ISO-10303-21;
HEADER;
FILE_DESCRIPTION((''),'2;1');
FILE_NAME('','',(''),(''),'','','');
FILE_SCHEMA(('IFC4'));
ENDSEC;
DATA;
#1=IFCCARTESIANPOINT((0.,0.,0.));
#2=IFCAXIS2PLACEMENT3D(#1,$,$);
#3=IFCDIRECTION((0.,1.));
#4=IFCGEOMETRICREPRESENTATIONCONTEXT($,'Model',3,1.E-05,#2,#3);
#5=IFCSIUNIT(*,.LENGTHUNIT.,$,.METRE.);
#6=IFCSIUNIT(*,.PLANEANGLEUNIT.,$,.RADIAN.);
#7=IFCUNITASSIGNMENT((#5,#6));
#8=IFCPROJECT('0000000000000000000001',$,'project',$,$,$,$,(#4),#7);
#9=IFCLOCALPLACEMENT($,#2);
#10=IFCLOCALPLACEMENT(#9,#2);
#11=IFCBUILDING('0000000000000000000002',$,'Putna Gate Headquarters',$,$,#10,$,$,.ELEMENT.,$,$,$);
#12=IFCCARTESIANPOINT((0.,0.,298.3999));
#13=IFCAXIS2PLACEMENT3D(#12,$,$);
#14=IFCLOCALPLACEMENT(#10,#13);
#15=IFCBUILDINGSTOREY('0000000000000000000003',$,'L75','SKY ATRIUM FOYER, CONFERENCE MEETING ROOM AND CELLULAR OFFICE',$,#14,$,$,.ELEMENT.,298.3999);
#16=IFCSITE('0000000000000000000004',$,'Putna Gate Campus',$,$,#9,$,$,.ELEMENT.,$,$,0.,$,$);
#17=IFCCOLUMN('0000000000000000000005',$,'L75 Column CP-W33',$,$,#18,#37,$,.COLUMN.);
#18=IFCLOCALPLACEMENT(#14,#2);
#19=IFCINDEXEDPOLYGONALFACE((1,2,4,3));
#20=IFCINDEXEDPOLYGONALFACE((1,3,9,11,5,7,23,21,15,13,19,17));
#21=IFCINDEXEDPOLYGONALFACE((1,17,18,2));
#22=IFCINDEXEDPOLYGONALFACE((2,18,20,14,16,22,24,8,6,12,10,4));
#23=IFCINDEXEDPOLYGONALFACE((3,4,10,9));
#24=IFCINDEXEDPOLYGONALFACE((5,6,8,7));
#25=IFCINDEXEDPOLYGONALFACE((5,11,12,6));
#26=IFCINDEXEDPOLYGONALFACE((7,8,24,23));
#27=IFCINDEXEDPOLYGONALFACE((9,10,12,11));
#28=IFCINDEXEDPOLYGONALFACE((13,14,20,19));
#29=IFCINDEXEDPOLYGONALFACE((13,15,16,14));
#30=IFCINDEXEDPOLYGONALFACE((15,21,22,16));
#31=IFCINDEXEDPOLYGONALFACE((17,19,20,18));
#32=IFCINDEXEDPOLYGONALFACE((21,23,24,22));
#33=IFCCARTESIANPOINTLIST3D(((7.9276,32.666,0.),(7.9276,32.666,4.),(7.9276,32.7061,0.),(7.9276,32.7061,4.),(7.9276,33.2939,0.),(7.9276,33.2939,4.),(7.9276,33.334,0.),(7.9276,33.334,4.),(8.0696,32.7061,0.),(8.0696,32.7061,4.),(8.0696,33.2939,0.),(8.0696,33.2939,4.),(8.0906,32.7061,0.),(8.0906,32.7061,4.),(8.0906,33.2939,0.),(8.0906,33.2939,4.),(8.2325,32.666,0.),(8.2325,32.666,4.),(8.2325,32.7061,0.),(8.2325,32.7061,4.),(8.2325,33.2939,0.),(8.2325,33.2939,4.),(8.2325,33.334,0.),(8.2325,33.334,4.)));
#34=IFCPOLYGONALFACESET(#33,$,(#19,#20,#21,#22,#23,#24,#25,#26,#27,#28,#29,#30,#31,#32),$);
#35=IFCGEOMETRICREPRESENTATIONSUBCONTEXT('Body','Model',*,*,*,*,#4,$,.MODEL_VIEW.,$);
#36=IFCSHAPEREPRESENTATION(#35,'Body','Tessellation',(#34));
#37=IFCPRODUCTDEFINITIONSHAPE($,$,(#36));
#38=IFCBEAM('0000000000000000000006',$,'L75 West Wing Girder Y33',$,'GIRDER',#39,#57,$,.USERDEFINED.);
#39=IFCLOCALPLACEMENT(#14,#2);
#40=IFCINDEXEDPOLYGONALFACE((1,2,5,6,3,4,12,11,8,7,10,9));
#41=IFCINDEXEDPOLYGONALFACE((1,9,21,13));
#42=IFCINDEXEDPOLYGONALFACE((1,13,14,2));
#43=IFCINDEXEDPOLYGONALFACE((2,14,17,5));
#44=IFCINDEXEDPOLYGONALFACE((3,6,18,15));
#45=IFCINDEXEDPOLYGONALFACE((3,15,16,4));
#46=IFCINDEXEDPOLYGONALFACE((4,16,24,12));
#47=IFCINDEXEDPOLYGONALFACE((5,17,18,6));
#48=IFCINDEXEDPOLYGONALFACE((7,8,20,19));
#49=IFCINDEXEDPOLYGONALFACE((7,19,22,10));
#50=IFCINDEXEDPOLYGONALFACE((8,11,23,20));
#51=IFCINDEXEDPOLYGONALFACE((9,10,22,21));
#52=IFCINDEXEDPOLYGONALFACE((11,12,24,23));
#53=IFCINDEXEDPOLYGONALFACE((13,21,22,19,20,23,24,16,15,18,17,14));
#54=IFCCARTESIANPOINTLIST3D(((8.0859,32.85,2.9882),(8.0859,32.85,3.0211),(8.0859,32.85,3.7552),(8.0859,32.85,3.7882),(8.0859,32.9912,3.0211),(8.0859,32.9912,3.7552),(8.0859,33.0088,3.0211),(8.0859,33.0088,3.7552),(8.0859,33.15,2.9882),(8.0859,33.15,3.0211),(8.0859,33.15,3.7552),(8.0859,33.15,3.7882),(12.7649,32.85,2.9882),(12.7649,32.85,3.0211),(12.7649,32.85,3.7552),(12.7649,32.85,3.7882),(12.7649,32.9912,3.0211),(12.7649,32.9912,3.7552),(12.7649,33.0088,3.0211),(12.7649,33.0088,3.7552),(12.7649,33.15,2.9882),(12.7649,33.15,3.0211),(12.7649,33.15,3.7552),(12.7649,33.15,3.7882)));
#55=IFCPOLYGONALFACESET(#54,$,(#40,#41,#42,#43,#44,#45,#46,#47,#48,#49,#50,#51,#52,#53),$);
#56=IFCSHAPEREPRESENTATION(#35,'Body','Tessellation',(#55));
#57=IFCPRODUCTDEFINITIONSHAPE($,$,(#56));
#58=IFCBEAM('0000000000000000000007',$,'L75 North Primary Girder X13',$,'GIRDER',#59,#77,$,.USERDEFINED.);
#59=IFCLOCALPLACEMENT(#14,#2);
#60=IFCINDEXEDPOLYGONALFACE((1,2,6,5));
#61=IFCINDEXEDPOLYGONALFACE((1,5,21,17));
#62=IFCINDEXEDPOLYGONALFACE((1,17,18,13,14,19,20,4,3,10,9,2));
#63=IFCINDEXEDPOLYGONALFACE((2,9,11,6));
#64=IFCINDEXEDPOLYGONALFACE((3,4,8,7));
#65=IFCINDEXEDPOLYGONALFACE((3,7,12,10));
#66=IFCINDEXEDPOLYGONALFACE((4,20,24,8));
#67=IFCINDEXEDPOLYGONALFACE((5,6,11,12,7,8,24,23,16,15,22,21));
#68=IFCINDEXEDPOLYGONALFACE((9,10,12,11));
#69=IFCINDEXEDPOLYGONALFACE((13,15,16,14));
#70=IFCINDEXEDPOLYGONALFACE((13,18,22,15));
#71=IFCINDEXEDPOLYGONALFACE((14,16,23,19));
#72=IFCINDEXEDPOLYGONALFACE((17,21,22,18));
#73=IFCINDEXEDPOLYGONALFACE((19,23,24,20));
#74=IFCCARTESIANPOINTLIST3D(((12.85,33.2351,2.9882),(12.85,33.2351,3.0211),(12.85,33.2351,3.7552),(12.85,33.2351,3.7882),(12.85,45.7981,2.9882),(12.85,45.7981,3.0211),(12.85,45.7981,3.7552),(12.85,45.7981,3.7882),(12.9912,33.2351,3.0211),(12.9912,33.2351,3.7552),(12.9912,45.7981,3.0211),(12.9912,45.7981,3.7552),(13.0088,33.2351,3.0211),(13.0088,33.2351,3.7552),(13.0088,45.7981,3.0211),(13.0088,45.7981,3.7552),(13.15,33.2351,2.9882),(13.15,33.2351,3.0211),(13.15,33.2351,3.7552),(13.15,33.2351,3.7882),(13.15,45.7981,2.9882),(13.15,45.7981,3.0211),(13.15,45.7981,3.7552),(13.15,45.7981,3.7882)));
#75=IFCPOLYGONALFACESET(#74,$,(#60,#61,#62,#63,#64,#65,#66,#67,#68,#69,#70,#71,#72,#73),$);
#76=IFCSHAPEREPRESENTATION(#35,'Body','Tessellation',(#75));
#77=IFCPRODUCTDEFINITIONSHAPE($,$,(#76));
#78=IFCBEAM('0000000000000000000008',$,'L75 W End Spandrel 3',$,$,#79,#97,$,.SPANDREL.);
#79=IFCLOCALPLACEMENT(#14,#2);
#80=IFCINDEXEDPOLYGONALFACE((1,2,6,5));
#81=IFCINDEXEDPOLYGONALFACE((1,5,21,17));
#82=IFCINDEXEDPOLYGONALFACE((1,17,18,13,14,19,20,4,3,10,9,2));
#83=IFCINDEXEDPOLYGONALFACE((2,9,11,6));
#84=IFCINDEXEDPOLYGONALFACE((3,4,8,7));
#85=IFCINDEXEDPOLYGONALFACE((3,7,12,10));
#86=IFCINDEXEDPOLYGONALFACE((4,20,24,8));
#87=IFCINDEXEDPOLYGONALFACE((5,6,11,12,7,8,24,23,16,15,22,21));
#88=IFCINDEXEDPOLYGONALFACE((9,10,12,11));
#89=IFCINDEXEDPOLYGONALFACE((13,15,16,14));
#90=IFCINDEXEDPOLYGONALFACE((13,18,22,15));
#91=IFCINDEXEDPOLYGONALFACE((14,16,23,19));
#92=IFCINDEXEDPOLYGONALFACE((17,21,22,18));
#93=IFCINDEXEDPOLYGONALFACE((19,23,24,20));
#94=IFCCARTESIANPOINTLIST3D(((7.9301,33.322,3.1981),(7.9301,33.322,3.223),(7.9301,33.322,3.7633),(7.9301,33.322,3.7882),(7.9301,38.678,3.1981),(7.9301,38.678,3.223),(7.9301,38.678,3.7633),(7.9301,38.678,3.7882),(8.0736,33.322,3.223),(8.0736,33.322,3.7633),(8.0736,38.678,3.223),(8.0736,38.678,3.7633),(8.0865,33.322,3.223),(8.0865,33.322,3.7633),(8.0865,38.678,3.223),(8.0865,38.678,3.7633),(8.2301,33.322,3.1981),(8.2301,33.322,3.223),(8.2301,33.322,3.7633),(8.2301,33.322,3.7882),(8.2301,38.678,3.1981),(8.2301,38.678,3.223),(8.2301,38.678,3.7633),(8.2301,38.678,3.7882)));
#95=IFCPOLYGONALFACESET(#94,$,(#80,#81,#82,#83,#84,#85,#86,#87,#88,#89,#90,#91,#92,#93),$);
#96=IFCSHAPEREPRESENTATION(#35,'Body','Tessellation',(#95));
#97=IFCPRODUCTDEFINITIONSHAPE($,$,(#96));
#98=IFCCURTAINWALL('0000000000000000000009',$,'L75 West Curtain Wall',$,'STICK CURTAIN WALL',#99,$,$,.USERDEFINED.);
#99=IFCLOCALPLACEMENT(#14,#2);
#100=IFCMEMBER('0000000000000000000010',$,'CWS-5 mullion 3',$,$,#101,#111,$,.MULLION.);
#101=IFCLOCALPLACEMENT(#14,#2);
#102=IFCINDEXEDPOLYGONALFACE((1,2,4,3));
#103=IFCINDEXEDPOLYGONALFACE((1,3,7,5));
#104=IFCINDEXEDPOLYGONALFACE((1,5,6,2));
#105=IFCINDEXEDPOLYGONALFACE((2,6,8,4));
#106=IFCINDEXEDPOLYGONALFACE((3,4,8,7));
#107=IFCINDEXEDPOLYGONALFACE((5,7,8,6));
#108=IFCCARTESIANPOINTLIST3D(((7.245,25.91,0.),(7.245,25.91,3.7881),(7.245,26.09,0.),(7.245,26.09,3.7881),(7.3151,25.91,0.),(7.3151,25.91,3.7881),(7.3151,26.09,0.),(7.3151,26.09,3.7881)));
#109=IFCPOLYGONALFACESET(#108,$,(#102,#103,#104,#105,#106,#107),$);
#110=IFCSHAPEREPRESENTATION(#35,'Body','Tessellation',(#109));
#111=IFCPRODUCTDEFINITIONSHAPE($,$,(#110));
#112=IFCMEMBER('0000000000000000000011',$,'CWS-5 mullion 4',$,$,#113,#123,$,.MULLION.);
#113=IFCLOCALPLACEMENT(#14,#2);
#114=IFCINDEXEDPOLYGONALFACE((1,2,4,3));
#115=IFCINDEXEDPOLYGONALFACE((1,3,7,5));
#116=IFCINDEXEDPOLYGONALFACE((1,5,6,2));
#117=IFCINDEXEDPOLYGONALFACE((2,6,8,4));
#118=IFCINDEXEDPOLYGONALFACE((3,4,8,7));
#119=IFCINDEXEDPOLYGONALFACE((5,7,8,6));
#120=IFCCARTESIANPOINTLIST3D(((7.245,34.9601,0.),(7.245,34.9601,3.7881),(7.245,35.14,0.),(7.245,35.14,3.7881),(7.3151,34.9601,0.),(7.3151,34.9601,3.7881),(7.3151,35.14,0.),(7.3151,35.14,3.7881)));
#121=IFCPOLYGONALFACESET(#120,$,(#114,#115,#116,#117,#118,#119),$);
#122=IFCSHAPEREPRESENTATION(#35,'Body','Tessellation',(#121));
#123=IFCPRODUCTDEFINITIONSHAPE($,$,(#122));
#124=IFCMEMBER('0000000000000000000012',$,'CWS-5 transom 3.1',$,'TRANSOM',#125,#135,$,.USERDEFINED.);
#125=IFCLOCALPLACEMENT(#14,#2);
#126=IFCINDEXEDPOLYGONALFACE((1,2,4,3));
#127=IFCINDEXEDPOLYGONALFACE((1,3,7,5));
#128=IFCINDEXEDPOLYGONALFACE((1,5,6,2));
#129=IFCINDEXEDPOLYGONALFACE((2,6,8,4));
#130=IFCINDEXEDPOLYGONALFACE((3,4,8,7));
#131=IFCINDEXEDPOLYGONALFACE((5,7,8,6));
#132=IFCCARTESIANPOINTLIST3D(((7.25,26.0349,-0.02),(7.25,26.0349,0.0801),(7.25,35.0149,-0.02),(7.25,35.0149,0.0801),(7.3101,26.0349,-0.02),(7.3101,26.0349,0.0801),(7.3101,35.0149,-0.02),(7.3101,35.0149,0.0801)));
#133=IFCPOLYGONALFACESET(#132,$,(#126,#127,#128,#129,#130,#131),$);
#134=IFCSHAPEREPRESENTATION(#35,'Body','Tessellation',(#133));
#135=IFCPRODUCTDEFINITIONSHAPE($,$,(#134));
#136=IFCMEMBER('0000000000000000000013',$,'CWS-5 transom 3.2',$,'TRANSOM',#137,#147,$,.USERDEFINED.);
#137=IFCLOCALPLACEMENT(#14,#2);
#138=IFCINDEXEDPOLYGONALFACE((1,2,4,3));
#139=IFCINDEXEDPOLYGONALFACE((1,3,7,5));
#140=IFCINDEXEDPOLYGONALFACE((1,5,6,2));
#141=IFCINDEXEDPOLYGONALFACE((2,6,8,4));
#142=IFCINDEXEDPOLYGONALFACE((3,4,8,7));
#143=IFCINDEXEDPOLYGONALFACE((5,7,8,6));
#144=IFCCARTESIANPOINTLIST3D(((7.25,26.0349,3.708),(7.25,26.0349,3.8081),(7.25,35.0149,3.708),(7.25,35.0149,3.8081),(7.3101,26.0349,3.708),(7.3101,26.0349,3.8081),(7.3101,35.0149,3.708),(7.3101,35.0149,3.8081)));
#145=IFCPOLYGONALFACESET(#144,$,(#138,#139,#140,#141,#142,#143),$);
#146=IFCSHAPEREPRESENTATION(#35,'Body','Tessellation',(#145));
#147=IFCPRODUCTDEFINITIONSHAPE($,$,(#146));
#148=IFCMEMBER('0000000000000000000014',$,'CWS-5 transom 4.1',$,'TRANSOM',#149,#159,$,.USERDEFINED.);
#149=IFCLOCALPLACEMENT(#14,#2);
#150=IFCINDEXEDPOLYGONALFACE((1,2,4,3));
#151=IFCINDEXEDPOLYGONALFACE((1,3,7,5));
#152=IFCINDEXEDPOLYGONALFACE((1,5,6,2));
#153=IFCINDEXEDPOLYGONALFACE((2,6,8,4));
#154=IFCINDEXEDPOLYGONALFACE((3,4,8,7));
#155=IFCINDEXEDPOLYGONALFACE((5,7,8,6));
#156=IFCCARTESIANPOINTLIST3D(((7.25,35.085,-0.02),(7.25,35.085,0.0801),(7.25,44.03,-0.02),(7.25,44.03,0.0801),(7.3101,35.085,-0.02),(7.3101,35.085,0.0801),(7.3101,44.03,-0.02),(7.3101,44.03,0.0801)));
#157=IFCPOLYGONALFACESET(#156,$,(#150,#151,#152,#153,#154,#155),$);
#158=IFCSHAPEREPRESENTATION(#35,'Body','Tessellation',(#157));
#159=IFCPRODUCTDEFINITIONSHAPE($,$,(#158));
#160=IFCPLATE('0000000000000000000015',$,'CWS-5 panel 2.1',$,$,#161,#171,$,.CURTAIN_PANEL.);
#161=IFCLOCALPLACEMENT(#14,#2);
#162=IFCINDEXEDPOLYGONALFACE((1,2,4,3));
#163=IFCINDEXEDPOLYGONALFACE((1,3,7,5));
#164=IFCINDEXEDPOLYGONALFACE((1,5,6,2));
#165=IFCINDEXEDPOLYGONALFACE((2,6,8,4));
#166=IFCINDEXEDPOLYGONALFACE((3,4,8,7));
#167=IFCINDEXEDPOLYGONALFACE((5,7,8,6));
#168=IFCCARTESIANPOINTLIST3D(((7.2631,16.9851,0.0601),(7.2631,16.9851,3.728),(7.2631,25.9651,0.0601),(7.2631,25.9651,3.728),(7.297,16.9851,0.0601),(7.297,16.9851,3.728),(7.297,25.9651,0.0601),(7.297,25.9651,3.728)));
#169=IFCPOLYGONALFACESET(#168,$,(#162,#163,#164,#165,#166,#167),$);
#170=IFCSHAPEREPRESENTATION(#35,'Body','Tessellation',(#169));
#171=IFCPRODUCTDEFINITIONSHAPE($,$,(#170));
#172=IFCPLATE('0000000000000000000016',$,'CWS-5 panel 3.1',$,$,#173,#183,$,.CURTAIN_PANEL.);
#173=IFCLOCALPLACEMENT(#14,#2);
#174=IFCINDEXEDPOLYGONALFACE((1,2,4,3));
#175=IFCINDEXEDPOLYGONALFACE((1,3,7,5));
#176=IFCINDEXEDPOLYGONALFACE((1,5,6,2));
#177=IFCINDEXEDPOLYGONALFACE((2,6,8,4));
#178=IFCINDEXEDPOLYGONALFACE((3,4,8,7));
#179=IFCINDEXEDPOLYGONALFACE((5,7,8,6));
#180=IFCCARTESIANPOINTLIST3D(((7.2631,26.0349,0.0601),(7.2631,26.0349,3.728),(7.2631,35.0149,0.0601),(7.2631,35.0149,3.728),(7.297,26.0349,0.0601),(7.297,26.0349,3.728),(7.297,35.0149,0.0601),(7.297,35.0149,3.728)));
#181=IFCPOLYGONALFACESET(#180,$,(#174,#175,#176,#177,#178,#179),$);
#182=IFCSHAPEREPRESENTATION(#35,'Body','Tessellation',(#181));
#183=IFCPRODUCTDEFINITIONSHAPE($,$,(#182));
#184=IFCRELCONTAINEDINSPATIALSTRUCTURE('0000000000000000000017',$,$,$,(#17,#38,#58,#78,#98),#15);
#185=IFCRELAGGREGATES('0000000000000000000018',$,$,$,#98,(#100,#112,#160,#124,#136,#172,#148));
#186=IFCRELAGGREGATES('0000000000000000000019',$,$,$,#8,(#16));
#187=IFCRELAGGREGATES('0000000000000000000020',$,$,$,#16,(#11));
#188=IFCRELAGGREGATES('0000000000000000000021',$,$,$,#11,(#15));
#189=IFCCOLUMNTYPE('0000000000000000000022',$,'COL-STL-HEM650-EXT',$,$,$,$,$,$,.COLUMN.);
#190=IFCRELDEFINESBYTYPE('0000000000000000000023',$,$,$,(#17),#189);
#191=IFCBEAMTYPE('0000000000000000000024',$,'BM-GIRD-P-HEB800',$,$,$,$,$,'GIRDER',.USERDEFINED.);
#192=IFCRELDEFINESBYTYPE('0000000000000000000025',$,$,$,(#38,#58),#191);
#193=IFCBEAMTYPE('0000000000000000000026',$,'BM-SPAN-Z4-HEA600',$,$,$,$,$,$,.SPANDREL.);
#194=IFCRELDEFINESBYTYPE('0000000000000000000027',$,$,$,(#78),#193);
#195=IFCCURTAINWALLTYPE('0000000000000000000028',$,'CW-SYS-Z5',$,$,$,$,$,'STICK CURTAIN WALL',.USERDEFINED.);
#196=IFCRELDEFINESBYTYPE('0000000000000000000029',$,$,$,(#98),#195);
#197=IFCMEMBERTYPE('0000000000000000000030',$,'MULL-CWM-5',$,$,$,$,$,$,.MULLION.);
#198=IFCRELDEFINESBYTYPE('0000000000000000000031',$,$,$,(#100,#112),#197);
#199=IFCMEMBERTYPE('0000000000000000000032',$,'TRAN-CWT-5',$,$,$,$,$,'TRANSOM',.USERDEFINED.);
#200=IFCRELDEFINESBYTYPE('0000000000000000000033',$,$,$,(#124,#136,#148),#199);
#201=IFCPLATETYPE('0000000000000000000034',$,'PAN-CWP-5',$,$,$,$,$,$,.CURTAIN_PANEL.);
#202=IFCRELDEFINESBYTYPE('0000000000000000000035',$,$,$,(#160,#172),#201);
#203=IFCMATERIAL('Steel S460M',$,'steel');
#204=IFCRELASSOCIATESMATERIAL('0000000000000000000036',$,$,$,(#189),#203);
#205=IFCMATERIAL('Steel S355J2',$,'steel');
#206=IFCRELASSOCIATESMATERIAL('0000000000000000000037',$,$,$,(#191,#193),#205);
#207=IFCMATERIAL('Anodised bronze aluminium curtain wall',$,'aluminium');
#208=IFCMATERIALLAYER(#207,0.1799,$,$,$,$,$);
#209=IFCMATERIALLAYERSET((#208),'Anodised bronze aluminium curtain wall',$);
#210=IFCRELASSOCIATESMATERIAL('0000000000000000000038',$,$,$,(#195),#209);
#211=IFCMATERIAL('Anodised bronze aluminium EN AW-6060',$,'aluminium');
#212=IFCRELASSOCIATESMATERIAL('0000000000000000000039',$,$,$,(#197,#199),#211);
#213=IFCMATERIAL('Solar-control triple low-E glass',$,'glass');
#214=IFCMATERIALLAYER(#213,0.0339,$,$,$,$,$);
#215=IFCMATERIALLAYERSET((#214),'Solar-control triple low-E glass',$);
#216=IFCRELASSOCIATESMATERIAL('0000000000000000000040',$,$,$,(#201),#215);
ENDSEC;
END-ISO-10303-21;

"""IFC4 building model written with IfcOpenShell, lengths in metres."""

from ifc_helpers import new_model, si_unit, direction, frame, origin, origin_2d, place, context, subcontext, project, spatial, rectangle, i_section, extrude, material, layer, layer_set, material_profile, profile_set, type_object, element, aggregate, save


model = new_model("IFC4")

# Units and contexts
model_context = context("Model", 3, precision=1e-05, world=origin(), true_north=direction((0.0, 1.0)))
body_context = subcontext(model_context, "Body", "Model", "MODEL_VIEW")
ifc_project = project(units=[si_unit("LENGTHUNIT", "METRE"), si_unit("PLANEANGLEUNIT", "RADIAN")], contexts=[model_context])

# Site, building, storey
site_placement = place(None, origin())
site = spatial("IfcSite", under=ifc_project, at=site_placement, Name="Putna Gate Campus", CompositionType="ELEMENT", RefElevation=0.0)
building_placement = place(site_placement, origin())
building = spatial("IfcBuilding", under=site, at=building_placement, Name="Putna Gate Headquarters", CompositionType="ELEMENT")
storey_placement = place(building_placement, frame((0.0, 0.0, 298.3999)))
storey = spatial("IfcBuildingStorey", under=building, at=storey_placement, Name="L75", Description="SKY ATRIUM FOYER, CONFERENCE MEETING ROOM AND CELLULAR OFFICE", CompositionType="ELEMENT", Elevation=298.3999)

# Column
ifc_material_1 = material(Name="Steel S460M", Category="steel")
ifc_material_profile_1 = material_profile(ifc_material_1, i_section(OverallWidth=0.3049, OverallDepth=0.668, WebThickness=0.021, FlangeThickness=0.04, at=origin_2d()), Name="Steel S460M")
ifc_profile_set_1 = profile_set([ifc_material_profile_1], Name="Steel S460M")
column_type = type_object("IfcColumnType", Name="COL-STL-HEM650-EXT", PredefinedType="COLUMN", material=ifc_profile_set_1)
column_placement = place(storey_placement, frame((8.0801, 33.0, 0.0), z_axis=(0.0, 0.0, 1.0), x_axis=(1.0, 0.0, 0.0)))
element("IfcColumn", 1, at=column_placement, inside=storey, type_object=column_type, Name="L75 Column CP-W33", PredefinedType="COLUMN", context=body_context, shape_type="SweptSolid", body=[
    extrude(i_section(OverallWidth=0.3049, OverallDepth=0.668, WebThickness=0.021, FlangeThickness=0.04, at=origin_2d()), origin(), (0.0, 0.0, 1.0), 4.0),
])

# Beams
ifc_material_2 = material(Name="Steel S355J2", Category="steel")
ifc_material_profile_2 = material_profile(ifc_material_2, i_section(OverallWidth=0.3, OverallDepth=0.8, WebThickness=0.0176, FlangeThickness=0.033, at=origin_2d()), Name="Steel S355J2")
ifc_profile_set_2 = profile_set([ifc_material_profile_2], Name="Steel S355J2")
beam_type_1 = type_object("IfcBeamType", Name="BM-GIRD-P-HEB800", ElementType="GIRDER", PredefinedType="USERDEFINED", material=ifc_profile_set_2)
beam_1_placement = place(storey_placement, frame((8.0859, 33.0, 3.3882), z_axis=(1.0, 0.0, 0.0), x_axis=(0.0, 1.0, 0.0)))
element("IfcBeam", 2, at=beam_1_placement, inside=storey, type_object=beam_type_1, Name="L75 West Wing Girder Y33", ObjectType="GIRDER", PredefinedType="USERDEFINED", context=body_context, shape_type="SweptSolid", body=[
    extrude(i_section(OverallWidth=0.3, OverallDepth=0.8, WebThickness=0.0176, FlangeThickness=0.033, at=origin_2d()), origin(), (0.0, 0.0, 1.0), 4.679),
])
beam_2_placement = place(storey_placement, frame((13.0, 33.2351, 3.3882), z_axis=(0.0, 1.0, 0.0), x_axis=(-1.0, 0.0, 0.0)))
element("IfcBeam", 3, at=beam_2_placement, inside=storey, type_object=beam_type_1, Name="L75 North Primary Girder X13", ObjectType="GIRDER", PredefinedType="USERDEFINED", context=body_context, shape_type="SweptSolid", body=[
    extrude(i_section(OverallWidth=0.3, OverallDepth=0.8, WebThickness=0.0176, FlangeThickness=0.033, at=origin_2d()), origin(), (0.0, 0.0, 1.0), 12.563),
])
ifc_material_profile_3 = material_profile(ifc_material_2, i_section(OverallWidth=0.3, OverallDepth=0.5901, WebThickness=0.0129, FlangeThickness=0.0249, at=origin_2d()), Name="Steel S355J2")
ifc_profile_set_3 = profile_set([ifc_material_profile_3], Name="Steel S355J2")
beam_type_2 = type_object("IfcBeamType", Name="BM-SPAN-Z4-HEA600", PredefinedType="SPANDREL", material=ifc_profile_set_3)
beam_3_placement = place(storey_placement, frame((8.0801, 33.322, 3.4932), z_axis=(0.0, 1.0, 0.0), x_axis=(-1.0, 0.0, 0.0)))
element("IfcBeam", 4, at=beam_3_placement, inside=storey, type_object=beam_type_2, Name="L75 W End Spandrel 3", PredefinedType="SPANDREL", context=body_context, shape_type="SweptSolid", body=[
    extrude(i_section(OverallWidth=0.3, OverallDepth=0.5901, WebThickness=0.0129, FlangeThickness=0.0249, at=origin_2d()), origin(), (0.0, 0.0, 1.0), 5.356),
])

# Curtain wall, members, plates
ifc_material_3 = material(Name="Anodised bronze aluminium curtain wall", Category="aluminium")
ifc_layer_1 = layer(ifc_material_3, 0.1799)
ifc_layer_set_1 = layer_set([ifc_layer_1], Name="Anodised bronze aluminium curtain wall")
curtain_wall_type = type_object("IfcCurtainWallType", Name="CW-SYS-Z5", ElementType="STICK CURTAIN WALL", PredefinedType="USERDEFINED", material=ifc_layer_set_1)
curtain_wall_placement = place(storey_placement, origin())
curtain_wall = element("IfcCurtainWall", 5, at=curtain_wall_placement, inside=storey, type_object=curtain_wall_type, Name="L75 West Curtain Wall", ObjectType="STICK CURTAIN WALL", PredefinedType="USERDEFINED")
ifc_material_4 = material(Name="Anodised bronze aluminium EN AW-6060", Category="aluminium")
ifc_material_profile_4 = material_profile(ifc_material_4, rectangle(XDim=0.0701, YDim=0.1799, at=origin_2d()), Name="Anodised bronze aluminium EN AW-6060")
ifc_profile_set_4 = profile_set([ifc_material_profile_4], Name="Anodised bronze aluminium EN AW-6060")
member_type_1 = type_object("IfcMemberType", Name="MULL-CWM-5", PredefinedType="MULLION", material=ifc_profile_set_4)
member_1_placement = place(storey_placement, frame((7.28, 26.0, 0.0), z_axis=(0.0, 0.0, 1.0), x_axis=(-1.0, 0.0, 0.0)))
member_1 = element("IfcMember", 6, at=member_1_placement, type_object=member_type_1, Name="CWS-5 mullion 3", PredefinedType="MULLION", context=body_context, shape_type="SweptSolid", body=[
    extrude(rectangle(XDim=0.0701, YDim=0.1799, at=origin_2d()), origin(), (0.0, 0.0, 1.0), 3.7881),
])
member_2_placement = place(storey_placement, frame((7.28, 35.05, 0.0), z_axis=(0.0, 0.0, 1.0), x_axis=(-1.0, 0.0, 0.0)))
member_2 = element("IfcMember", 7, at=member_2_placement, type_object=member_type_1, Name="CWS-5 mullion 4", PredefinedType="MULLION", context=body_context, shape_type="SweptSolid", body=[
    extrude(rectangle(XDim=0.0701, YDim=0.1799, at=origin_2d()), origin(), (0.0, 0.0, 1.0), 3.7881),
])
ifc_material_profile_5 = material_profile(ifc_material_4, rectangle(XDim=0.0601, YDim=0.1001, at=origin_2d()), Name="Anodised bronze aluminium EN AW-6060")
ifc_profile_set_5 = profile_set([ifc_material_profile_5], Name="Anodised bronze aluminium EN AW-6060")
member_type_2 = type_object("IfcMemberType", Name="TRAN-CWT-5", ElementType="TRANSOM", PredefinedType="USERDEFINED", material=ifc_profile_set_5)
member_3_placement = place(storey_placement, frame((7.28, 26.0349, 0.03), z_axis=(0.0, 1.0, 0.0), x_axis=(-1.0, 0.0, 0.0)))
member_3 = element("IfcMember", 8, at=member_3_placement, type_object=member_type_2, Name="CWS-5 transom 3.1", ObjectType="TRANSOM", PredefinedType="USERDEFINED", context=body_context, shape_type="SweptSolid", body=[
    extrude(rectangle(XDim=0.0601, YDim=0.1001, at=origin_2d()), origin(), (0.0, 0.0, 1.0), 8.98),
])
member_4_placement = place(storey_placement, frame((7.28, 26.0349, 3.7581), z_axis=(0.0, 1.0, 0.0), x_axis=(-1.0, 0.0, 0.0)))
member_4 = element("IfcMember", 9, at=member_4_placement, type_object=member_type_2, Name="CWS-5 transom 3.2", ObjectType="TRANSOM", PredefinedType="USERDEFINED", context=body_context, shape_type="SweptSolid", body=[
    extrude(rectangle(XDim=0.0601, YDim=0.1001, at=origin_2d()), origin(), (0.0, 0.0, 1.0), 8.98),
])
member_5_placement = place(storey_placement, frame((7.28, 35.085, 0.03), z_axis=(0.0, 1.0, 0.0), x_axis=(-1.0, 0.0, 0.0)))
member_5 = element("IfcMember", 10, at=member_5_placement, type_object=member_type_2, Name="CWS-5 transom 4.1", ObjectType="TRANSOM", PredefinedType="USERDEFINED", context=body_context, shape_type="SweptSolid", body=[
    extrude(rectangle(XDim=0.0601, YDim=0.1001, at=origin_2d()), origin(), (0.0, 0.0, 1.0), 8.9451),
])
ifc_material_5 = material(Name="Solar-control triple low-E glass", Category="glass")
ifc_layer_2 = layer(ifc_material_5, 0.0339)
ifc_layer_set_2 = layer_set([ifc_layer_2], Name="Solar-control triple low-E glass")
plate_type = type_object("IfcPlateType", Name="PAN-CWP-5", PredefinedType="CURTAIN_PANEL", material=ifc_layer_set_2)
plate_1_placement = place(storey_placement, frame((7.28, 21.4751, 0.0601), z_axis=(0.0, 0.0, 1.0), x_axis=(0.0, 1.0, 0.0)))
plate_1 = element("IfcPlate", 11, at=plate_1_placement, type_object=plate_type, Name="CWS-5 panel 2.1", PredefinedType="CURTAIN_PANEL", context=body_context, shape_type="SweptSolid", body=[
    extrude(rectangle(XDim=8.98, YDim=0.0339, at=origin_2d()), origin(), (0.0, 0.0, 1.0), 3.668),
])
plate_2_placement = place(storey_placement, frame((7.28, 30.5249, 0.0601), z_axis=(0.0, 0.0, 1.0), x_axis=(0.0, 1.0, 0.0)))
plate_2 = element("IfcPlate", 12, at=plate_2_placement, type_object=plate_type, Name="CWS-5 panel 3.1", PredefinedType="CURTAIN_PANEL", context=body_context, shape_type="SweptSolid", body=[
    extrude(rectangle(XDim=8.98, YDim=0.0339, at=origin_2d()), origin(), (0.0, 0.0, 1.0), 3.668),
])
aggregate(curtain_wall, [member_1, member_2, plate_1, member_3, member_4, plate_2, member_5])

save(model, "model.ifc")
